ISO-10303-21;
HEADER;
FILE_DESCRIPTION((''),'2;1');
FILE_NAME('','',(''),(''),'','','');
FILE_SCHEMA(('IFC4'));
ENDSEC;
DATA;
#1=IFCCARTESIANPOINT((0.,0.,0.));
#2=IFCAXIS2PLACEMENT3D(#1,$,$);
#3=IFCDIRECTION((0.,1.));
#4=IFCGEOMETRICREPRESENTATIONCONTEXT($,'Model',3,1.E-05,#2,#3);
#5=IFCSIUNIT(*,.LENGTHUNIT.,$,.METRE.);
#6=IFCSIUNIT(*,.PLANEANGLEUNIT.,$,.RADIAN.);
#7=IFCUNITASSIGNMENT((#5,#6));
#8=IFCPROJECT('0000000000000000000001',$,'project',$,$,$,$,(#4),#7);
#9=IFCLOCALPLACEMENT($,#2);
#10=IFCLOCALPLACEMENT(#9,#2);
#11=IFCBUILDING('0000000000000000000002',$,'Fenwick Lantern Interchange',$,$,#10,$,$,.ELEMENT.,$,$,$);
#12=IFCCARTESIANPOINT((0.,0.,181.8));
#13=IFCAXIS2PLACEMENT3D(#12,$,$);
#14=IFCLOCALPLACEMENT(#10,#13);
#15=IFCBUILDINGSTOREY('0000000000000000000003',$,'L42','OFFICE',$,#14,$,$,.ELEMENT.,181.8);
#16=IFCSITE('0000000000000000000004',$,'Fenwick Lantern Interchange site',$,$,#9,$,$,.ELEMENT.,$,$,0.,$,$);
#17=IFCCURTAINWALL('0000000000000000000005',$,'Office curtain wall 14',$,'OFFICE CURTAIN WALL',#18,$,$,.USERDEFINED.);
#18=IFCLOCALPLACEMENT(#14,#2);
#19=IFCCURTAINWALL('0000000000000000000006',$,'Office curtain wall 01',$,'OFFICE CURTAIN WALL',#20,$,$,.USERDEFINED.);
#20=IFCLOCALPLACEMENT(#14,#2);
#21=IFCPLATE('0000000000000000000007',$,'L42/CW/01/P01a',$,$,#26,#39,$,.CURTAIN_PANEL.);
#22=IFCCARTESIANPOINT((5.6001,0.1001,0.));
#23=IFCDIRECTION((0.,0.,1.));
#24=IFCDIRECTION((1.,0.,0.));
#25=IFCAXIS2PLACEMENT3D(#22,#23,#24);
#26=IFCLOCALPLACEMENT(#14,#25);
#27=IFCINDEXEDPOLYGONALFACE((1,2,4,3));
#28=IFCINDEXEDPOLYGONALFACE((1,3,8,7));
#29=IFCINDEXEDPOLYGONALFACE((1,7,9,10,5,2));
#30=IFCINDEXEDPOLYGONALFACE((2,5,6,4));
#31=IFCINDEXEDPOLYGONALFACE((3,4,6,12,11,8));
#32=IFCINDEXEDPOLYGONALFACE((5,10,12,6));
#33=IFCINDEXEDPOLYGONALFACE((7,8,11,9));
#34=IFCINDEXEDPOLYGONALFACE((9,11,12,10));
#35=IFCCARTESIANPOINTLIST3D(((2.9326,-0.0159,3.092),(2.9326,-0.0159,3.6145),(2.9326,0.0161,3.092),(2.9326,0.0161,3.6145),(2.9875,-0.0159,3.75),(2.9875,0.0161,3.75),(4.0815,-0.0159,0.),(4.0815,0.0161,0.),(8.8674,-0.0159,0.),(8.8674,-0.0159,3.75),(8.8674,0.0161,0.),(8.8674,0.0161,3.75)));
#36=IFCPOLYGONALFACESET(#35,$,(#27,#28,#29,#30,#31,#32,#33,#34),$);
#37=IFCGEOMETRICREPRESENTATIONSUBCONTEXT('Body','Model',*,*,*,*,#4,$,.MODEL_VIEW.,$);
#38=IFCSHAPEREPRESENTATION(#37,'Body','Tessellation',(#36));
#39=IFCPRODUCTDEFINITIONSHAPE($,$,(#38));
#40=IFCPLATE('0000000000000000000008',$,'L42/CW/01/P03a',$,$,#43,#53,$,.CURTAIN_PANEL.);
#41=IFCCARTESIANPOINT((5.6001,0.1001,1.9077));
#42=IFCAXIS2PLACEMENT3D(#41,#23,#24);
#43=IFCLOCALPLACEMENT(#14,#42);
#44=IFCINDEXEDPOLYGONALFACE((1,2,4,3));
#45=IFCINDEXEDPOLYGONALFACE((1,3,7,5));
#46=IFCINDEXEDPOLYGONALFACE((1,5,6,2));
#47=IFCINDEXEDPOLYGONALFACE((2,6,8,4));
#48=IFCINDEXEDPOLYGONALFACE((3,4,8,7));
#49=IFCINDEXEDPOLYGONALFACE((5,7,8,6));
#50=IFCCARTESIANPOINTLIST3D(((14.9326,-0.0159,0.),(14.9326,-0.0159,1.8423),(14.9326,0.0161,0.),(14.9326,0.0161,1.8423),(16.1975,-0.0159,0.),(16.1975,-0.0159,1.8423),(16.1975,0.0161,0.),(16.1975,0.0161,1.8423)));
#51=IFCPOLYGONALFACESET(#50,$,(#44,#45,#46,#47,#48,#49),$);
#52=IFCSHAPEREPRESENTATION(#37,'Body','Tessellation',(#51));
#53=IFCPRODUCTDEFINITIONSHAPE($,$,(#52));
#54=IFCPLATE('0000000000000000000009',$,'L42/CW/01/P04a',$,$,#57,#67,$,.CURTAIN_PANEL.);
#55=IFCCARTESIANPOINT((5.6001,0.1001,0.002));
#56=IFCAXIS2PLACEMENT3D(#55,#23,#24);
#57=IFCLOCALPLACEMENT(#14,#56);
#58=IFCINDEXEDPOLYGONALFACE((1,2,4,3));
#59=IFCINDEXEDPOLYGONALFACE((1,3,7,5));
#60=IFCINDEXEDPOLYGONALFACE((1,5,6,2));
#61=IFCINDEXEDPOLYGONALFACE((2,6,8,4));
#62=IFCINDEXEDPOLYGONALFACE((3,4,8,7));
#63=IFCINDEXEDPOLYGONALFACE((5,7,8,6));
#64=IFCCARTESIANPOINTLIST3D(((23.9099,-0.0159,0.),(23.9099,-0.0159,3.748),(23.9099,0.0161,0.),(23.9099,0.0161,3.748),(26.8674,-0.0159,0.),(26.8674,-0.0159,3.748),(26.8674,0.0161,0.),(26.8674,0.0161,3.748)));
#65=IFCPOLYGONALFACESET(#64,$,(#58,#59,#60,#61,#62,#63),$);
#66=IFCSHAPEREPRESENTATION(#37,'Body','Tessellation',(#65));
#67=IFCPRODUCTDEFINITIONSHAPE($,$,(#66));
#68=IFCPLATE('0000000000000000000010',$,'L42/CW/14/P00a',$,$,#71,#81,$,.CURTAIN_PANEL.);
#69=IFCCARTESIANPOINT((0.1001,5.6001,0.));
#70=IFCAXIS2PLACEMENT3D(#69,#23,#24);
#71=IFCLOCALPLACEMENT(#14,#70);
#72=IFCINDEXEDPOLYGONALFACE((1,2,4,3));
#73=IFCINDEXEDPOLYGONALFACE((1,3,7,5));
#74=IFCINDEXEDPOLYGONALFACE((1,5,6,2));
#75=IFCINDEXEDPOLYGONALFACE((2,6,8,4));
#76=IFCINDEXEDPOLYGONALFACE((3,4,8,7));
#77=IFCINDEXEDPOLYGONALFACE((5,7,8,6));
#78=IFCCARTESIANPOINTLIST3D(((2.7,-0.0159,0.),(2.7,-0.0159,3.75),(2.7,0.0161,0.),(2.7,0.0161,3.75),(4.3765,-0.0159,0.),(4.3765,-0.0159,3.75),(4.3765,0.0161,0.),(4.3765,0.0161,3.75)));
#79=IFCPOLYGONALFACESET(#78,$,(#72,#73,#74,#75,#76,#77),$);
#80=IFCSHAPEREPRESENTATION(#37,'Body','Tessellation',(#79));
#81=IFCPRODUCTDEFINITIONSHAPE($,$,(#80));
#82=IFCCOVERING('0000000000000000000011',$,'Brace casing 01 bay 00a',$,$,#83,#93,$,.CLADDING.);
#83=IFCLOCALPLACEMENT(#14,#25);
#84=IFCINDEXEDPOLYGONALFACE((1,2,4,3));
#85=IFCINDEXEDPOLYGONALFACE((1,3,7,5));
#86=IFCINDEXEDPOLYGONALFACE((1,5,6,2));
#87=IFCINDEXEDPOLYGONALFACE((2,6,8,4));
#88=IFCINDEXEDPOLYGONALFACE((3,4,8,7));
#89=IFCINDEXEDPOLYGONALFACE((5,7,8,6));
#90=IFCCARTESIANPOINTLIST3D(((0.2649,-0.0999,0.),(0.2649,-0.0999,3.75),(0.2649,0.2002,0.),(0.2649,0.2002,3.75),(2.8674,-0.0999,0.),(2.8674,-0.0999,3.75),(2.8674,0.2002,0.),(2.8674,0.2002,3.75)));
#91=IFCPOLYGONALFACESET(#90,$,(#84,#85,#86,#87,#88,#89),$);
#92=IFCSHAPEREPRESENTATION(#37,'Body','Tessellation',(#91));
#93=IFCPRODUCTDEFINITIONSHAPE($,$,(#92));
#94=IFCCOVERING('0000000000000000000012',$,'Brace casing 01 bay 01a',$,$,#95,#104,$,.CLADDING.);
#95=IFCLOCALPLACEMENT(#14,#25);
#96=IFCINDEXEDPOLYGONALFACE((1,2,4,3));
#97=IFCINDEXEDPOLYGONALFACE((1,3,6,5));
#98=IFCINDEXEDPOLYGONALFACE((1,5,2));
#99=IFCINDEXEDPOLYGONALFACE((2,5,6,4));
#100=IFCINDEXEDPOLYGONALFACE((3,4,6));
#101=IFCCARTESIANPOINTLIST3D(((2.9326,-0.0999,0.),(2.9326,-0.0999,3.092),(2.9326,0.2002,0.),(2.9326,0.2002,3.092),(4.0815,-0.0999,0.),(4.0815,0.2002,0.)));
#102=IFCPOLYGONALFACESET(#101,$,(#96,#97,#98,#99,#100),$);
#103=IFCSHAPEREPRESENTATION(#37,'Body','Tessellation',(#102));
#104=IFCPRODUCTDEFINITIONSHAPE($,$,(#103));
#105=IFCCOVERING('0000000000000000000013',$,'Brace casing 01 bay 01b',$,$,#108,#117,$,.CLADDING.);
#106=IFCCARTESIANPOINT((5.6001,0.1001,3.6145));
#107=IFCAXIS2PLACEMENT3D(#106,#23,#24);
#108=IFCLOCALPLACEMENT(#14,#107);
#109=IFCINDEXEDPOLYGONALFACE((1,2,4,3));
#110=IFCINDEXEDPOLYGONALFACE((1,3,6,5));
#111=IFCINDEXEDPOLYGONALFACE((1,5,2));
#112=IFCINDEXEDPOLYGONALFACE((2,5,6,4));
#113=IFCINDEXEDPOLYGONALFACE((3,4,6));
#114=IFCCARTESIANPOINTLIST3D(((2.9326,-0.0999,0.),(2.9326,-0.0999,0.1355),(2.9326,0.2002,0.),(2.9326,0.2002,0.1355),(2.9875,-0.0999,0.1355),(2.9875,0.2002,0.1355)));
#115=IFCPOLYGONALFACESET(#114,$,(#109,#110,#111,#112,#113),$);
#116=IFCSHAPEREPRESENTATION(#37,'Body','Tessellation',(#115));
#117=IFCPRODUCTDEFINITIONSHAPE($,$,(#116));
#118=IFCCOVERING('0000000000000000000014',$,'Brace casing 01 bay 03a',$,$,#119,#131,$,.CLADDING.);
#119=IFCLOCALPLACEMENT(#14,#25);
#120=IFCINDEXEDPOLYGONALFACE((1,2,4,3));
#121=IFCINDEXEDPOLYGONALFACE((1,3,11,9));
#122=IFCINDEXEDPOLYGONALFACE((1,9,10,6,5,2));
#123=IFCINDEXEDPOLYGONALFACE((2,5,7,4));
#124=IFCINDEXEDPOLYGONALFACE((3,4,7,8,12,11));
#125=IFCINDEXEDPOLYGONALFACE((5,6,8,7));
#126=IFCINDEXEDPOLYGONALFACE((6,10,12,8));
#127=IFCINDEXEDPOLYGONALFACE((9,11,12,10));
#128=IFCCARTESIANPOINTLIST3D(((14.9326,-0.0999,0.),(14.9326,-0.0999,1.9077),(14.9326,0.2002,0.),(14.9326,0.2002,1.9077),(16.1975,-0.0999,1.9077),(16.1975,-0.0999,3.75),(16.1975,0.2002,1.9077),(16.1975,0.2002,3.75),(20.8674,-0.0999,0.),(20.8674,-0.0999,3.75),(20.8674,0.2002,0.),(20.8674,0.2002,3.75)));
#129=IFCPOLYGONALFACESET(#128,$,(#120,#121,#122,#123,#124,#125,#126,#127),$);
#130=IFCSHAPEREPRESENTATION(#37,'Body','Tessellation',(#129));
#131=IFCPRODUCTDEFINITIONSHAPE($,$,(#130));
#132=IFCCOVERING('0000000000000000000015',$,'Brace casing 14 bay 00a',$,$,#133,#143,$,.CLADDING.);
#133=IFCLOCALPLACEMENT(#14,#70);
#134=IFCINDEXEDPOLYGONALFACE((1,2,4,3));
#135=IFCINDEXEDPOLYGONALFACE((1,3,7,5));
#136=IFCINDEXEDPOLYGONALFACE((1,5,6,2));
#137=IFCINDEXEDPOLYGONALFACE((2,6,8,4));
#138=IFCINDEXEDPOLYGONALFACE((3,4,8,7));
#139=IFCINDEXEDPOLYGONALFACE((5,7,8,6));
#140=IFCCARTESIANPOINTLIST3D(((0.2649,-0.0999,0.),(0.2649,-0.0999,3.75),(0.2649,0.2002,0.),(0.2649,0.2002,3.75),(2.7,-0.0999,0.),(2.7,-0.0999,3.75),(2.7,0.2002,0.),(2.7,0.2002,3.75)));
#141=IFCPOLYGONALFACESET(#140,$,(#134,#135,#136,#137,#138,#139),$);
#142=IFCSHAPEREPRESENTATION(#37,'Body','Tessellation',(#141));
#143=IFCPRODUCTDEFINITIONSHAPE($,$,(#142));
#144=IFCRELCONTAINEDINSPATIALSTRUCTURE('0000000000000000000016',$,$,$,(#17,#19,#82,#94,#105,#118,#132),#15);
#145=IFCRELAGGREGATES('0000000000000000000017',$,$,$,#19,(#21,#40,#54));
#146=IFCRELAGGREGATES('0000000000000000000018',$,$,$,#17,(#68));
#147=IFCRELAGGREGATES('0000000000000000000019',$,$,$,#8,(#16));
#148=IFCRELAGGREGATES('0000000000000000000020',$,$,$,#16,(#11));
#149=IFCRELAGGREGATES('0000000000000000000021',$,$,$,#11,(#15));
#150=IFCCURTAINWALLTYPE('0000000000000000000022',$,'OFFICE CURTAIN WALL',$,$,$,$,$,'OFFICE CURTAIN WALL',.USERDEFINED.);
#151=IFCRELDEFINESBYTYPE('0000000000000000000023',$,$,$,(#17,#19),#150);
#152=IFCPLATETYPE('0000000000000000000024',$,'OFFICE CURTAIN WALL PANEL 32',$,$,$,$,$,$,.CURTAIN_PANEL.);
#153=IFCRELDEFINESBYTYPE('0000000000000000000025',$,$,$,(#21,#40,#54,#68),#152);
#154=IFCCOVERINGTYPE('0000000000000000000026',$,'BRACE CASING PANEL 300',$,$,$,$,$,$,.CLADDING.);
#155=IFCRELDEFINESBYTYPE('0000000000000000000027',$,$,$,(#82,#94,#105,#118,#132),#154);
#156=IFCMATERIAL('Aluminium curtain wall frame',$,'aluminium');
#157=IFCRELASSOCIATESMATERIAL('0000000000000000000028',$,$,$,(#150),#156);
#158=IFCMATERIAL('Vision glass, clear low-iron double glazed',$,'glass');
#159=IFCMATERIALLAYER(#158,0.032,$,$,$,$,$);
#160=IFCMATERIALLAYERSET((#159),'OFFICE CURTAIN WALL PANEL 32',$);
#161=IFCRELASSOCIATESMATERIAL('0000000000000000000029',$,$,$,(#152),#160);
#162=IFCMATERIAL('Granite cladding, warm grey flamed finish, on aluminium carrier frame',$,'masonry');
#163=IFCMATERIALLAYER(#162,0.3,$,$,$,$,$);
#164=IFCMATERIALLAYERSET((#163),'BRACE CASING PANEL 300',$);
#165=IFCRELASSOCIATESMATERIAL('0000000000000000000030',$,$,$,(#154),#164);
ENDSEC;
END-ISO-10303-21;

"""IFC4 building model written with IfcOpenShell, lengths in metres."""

from ifc_helpers import new_model, si_unit, direction, frame, origin, place, context, subcontext, project, spatial, polyline, outline, extrude, material, layer, layer_set, type_object, element, aggregate, save


model = new_model("IFC4")

# Units and contexts
model_context = context("Model", 3, precision=1e-05, world=origin(), true_north=direction((0.0, 1.0)))
body_context = subcontext(model_context, "Body", "Model", "MODEL_VIEW")
ifc_project = project(units=[si_unit("LENGTHUNIT", "METRE"), si_unit("PLANEANGLEUNIT", "RADIAN")], contexts=[model_context])

# Site, building, storey
site_placement = place(None, origin())
site = spatial("IfcSite", under=ifc_project, at=site_placement, Name="Fenwick Lantern Interchange site", CompositionType="ELEMENT", RefElevation=0.0)
building_placement = place(site_placement, origin())
building = spatial("IfcBuilding", under=site, at=building_placement, Name="Fenwick Lantern Interchange", CompositionType="ELEMENT")
storey_placement = place(building_placement, frame((0.0, 0.0, 181.8)))
storey = spatial("IfcBuildingStorey", under=building, at=storey_placement, Name="L42", Description="OFFICE", CompositionType="ELEMENT", Elevation=181.8)

# Shared definitions
ifc_material_1 = material(Name="Aluminium curtain wall frame", Category="aluminium")
curtain_wall_type = type_object("IfcCurtainWallType", Name="OFFICE CURTAIN WALL", ElementType="OFFICE CURTAIN WALL", PredefinedType="USERDEFINED", material=ifc_material_1)

# Curtain wall
curtain_wall_1_placement = place(storey_placement, origin())
curtain_wall_1 = element("IfcCurtainWall", 1, at=curtain_wall_1_placement, inside=storey, type_object=curtain_wall_type, Name="Office curtain wall 14", ObjectType="OFFICE CURTAIN WALL", PredefinedType="USERDEFINED")

# Curtain wall, plates
curtain_wall_2_placement = place(storey_placement, origin())
curtain_wall_2 = element("IfcCurtainWall", 2, at=curtain_wall_2_placement, inside=storey, type_object=curtain_wall_type, Name="Office curtain wall 01", ObjectType="OFFICE CURTAIN WALL", PredefinedType="USERDEFINED")
ifc_material_2 = material(Name="Vision glass, clear low-iron double glazed", Category="glass")
ifc_layer_1 = layer(ifc_material_2, 0.032)
ifc_layer_set_1 = layer_set([ifc_layer_1], Name="OFFICE CURTAIN WALL PANEL 32")
plate_type = type_object("IfcPlateType", Name="OFFICE CURTAIN WALL PANEL 32", PredefinedType="CURTAIN_PANEL", material=ifc_layer_set_1)
plate_1_placement = place(storey_placement, frame((5.6001, 0.1001, 0.0), z_axis=(0.0, 0.0, 1.0), x_axis=(1.0, 0.0, 0.0)))
plate_1 = element("IfcPlate", 3, at=plate_1_placement, type_object=plate_type, Name="L42/CW/01/P01a", PredefinedType="CURTAIN_PANEL", context=body_context, shape_type="SweptSolid", body=[
    extrude(outline(polyline([(4.0815, 0.0), (8.8674, 0.0), (8.8674, 3.75), (2.9875, 3.75), (2.9326, 3.6145), (2.9326, 3.092), (4.0815, 0.0)])), frame((0.0, 0.0161, 0.0), z_axis=(0.0, -1.0, 0.0), x_axis=(1.0, 0.0, 0.0)), (0.0, 0.0, 1.0), 0.032),
])
plate_2_placement = place(storey_placement, frame((5.6001, 0.1001, 1.9077), z_axis=(0.0, 0.0, 1.0), x_axis=(1.0, 0.0, 0.0)))
plate_2 = element("IfcPlate", 4, at=plate_2_placement, type_object=plate_type, Name="L42/CW/01/P03a", PredefinedType="CURTAIN_PANEL", context=body_context, shape_type="SweptSolid", body=[
    extrude(outline(polyline([(14.9326, 0.0), (16.1975, 0.0), (16.1975, 1.8423), (14.9326, 1.8423), (14.9326, 0.0)])), frame((0.0, 0.0161, 0.0), z_axis=(0.0, -1.0, 0.0), x_axis=(1.0, 0.0, 0.0)), (0.0, 0.0, 1.0), 0.032),
])
plate_3_placement = place(storey_placement, frame((5.6001, 0.1001, 0.002), z_axis=(0.0, 0.0, 1.0), x_axis=(1.0, 0.0, 0.0)))
plate_3 = element("IfcPlate", 5, at=plate_3_placement, type_object=plate_type, Name="L42/CW/01/P04a", PredefinedType="CURTAIN_PANEL", context=body_context, shape_type="SweptSolid", body=[
    extrude(outline(polyline([(23.9099, 0.0), (26.8674, 0.0), (26.8674, 3.748), (23.9099, 3.748), (23.9099, 0.0)])), frame((0.0, 0.0161, 0.0), z_axis=(0.0, -1.0, 0.0), x_axis=(1.0, 0.0, 0.0)), (0.0, 0.0, 1.0), 0.032),
])
aggregate(curtain_wall_2, [plate_1, plate_2, plate_3])

# Plate
plate_4_placement = place(storey_placement, frame((0.1001, 5.6001, 0.0), z_axis=(0.0, 0.0, 1.0), x_axis=(1.0, 0.0, 0.0)))
plate_4 = element("IfcPlate", 6, at=plate_4_placement, type_object=plate_type, Name="L42/CW/14/P00a", PredefinedType="CURTAIN_PANEL", context=body_context, shape_type="SweptSolid", body=[
    extrude(outline(polyline([(2.7, 0.0), (4.3765, 0.0), (4.3765, 3.75), (2.7, 3.75), (2.7, 0.0)])), frame((0.0, 0.0161, 0.0), z_axis=(0.0, -1.0, 0.0), x_axis=(1.0, 0.0, 0.0)), (0.0, 0.0, 1.0), 0.032),
])
aggregate(curtain_wall_1, [plate_4])

# Coverings
ifc_material_3 = material(Name="Granite cladding, warm grey flamed finish, on aluminium carrier frame", Category="masonry")
ifc_layer_2 = layer(ifc_material_3, 0.3)
ifc_layer_set_2 = layer_set([ifc_layer_2], Name="BRACE CASING PANEL 300")
covering_type_1 = type_object("IfcCoveringType", Name="BRACE CASING PANEL 300", PredefinedType="CLADDING", material=ifc_layer_set_2)
covering_1_placement = place(storey_placement, frame((5.6001, 0.1001, 0.0), z_axis=(0.0, 0.0, 1.0), x_axis=(1.0, 0.0, 0.0)))
element("IfcCovering", 7, at=covering_1_placement, inside=storey, type_object=covering_type_1, Name="Brace casing 01 bay 00a", PredefinedType="CLADDING", context=body_context, shape_type="SweptSolid", body=[
    extrude(outline(polyline([(0.2649, 0.0), (2.8674, 0.0), (2.8674, 3.75), (0.2649, 3.75), (0.2649, 0.0)])), frame((0.0, 0.2002, 0.0), z_axis=(0.0, -1.0, 0.0), x_axis=(1.0, 0.0, 0.0)), (0.0, 0.0, 1.0), 0.3),
])
covering_2_placement = place(storey_placement, frame((5.6001, 0.1001, 0.0), z_axis=(0.0, 0.0, 1.0), x_axis=(1.0, 0.0, 0.0)))
element("IfcCovering", 8, at=covering_2_placement, inside=storey, type_object=covering_type_1, Name="Brace casing 01 bay 01a", PredefinedType="CLADDING", context=body_context, shape_type="SweptSolid", body=[
    extrude(outline(polyline([(2.9326, 0.0), (4.0815, 0.0), (2.9326, 3.092), (2.9326, 0.0)])), frame((0.0, 0.2002, 0.0), z_axis=(0.0, -1.0, 0.0), x_axis=(1.0, 0.0, 0.0)), (0.0, 0.0, 1.0), 0.3),
])
covering_3_placement = place(storey_placement, frame((5.6001, 0.1001, 3.6145), z_axis=(0.0, 0.0, 1.0), x_axis=(1.0, 0.0, 0.0)))
element("IfcCovering", 9, at=covering_3_placement, inside=storey, type_object=covering_type_1, Name="Brace casing 01 bay 01b", PredefinedType="CLADDING", context=body_context, shape_type="SweptSolid", body=[
    extrude(outline(polyline([(2.9326, 0.0), (2.9875, 0.1355), (2.9326, 0.1355), (2.9326, 0.0)])), frame((0.0, 0.2002, 0.0), z_axis=(0.0, -1.0, 0.0), x_axis=(1.0, 0.0, 0.0)), (0.0, 0.0, 1.0), 0.3),
])
covering_4_placement = place(storey_placement, frame((5.6001, 0.1001, 0.0), z_axis=(0.0, 0.0, 1.0), x_axis=(1.0, 0.0, 0.0)))
element("IfcCovering", 10, at=covering_4_placement, inside=storey, type_object=covering_type_1, Name="Brace casing 01 bay 03a", PredefinedType="CLADDING", context=body_context, shape_type="SweptSolid", body=[
    extrude(outline(polyline([(14.9326, 0.0), (20.8674, 0.0), (20.8674, 3.75), (16.1975, 3.75), (16.1975, 1.9077), (14.9326, 1.9077), (14.9326, 0.0)])), frame((0.0, 0.2002, 0.0), z_axis=(0.0, -1.0, 0.0), x_axis=(1.0, 0.0, 0.0)), (0.0, 0.0, 1.0), 0.3),
])
covering_5_placement = place(storey_placement, frame((0.1001, 5.6001, 0.0), z_axis=(0.0, 0.0, 1.0), x_axis=(1.0, 0.0, 0.0)))
element("IfcCovering", 11, at=covering_5_placement, inside=storey, type_object=covering_type_1, Name="Brace casing 14 bay 00a", PredefinedType="CLADDING", context=body_context, shape_type="SweptSolid", body=[
    extrude(outline(polyline([(0.2649, 0.0), (2.7, 0.0), (2.7, 3.75), (0.2649, 3.75), (0.2649, 0.0)])), frame((0.0, 0.2002, 0.0), z_axis=(0.0, -1.0, 0.0), x_axis=(1.0, 0.0, 0.0)), (0.0, 0.0, 1.0), 0.3),
])

save(model, "model.ifc")
